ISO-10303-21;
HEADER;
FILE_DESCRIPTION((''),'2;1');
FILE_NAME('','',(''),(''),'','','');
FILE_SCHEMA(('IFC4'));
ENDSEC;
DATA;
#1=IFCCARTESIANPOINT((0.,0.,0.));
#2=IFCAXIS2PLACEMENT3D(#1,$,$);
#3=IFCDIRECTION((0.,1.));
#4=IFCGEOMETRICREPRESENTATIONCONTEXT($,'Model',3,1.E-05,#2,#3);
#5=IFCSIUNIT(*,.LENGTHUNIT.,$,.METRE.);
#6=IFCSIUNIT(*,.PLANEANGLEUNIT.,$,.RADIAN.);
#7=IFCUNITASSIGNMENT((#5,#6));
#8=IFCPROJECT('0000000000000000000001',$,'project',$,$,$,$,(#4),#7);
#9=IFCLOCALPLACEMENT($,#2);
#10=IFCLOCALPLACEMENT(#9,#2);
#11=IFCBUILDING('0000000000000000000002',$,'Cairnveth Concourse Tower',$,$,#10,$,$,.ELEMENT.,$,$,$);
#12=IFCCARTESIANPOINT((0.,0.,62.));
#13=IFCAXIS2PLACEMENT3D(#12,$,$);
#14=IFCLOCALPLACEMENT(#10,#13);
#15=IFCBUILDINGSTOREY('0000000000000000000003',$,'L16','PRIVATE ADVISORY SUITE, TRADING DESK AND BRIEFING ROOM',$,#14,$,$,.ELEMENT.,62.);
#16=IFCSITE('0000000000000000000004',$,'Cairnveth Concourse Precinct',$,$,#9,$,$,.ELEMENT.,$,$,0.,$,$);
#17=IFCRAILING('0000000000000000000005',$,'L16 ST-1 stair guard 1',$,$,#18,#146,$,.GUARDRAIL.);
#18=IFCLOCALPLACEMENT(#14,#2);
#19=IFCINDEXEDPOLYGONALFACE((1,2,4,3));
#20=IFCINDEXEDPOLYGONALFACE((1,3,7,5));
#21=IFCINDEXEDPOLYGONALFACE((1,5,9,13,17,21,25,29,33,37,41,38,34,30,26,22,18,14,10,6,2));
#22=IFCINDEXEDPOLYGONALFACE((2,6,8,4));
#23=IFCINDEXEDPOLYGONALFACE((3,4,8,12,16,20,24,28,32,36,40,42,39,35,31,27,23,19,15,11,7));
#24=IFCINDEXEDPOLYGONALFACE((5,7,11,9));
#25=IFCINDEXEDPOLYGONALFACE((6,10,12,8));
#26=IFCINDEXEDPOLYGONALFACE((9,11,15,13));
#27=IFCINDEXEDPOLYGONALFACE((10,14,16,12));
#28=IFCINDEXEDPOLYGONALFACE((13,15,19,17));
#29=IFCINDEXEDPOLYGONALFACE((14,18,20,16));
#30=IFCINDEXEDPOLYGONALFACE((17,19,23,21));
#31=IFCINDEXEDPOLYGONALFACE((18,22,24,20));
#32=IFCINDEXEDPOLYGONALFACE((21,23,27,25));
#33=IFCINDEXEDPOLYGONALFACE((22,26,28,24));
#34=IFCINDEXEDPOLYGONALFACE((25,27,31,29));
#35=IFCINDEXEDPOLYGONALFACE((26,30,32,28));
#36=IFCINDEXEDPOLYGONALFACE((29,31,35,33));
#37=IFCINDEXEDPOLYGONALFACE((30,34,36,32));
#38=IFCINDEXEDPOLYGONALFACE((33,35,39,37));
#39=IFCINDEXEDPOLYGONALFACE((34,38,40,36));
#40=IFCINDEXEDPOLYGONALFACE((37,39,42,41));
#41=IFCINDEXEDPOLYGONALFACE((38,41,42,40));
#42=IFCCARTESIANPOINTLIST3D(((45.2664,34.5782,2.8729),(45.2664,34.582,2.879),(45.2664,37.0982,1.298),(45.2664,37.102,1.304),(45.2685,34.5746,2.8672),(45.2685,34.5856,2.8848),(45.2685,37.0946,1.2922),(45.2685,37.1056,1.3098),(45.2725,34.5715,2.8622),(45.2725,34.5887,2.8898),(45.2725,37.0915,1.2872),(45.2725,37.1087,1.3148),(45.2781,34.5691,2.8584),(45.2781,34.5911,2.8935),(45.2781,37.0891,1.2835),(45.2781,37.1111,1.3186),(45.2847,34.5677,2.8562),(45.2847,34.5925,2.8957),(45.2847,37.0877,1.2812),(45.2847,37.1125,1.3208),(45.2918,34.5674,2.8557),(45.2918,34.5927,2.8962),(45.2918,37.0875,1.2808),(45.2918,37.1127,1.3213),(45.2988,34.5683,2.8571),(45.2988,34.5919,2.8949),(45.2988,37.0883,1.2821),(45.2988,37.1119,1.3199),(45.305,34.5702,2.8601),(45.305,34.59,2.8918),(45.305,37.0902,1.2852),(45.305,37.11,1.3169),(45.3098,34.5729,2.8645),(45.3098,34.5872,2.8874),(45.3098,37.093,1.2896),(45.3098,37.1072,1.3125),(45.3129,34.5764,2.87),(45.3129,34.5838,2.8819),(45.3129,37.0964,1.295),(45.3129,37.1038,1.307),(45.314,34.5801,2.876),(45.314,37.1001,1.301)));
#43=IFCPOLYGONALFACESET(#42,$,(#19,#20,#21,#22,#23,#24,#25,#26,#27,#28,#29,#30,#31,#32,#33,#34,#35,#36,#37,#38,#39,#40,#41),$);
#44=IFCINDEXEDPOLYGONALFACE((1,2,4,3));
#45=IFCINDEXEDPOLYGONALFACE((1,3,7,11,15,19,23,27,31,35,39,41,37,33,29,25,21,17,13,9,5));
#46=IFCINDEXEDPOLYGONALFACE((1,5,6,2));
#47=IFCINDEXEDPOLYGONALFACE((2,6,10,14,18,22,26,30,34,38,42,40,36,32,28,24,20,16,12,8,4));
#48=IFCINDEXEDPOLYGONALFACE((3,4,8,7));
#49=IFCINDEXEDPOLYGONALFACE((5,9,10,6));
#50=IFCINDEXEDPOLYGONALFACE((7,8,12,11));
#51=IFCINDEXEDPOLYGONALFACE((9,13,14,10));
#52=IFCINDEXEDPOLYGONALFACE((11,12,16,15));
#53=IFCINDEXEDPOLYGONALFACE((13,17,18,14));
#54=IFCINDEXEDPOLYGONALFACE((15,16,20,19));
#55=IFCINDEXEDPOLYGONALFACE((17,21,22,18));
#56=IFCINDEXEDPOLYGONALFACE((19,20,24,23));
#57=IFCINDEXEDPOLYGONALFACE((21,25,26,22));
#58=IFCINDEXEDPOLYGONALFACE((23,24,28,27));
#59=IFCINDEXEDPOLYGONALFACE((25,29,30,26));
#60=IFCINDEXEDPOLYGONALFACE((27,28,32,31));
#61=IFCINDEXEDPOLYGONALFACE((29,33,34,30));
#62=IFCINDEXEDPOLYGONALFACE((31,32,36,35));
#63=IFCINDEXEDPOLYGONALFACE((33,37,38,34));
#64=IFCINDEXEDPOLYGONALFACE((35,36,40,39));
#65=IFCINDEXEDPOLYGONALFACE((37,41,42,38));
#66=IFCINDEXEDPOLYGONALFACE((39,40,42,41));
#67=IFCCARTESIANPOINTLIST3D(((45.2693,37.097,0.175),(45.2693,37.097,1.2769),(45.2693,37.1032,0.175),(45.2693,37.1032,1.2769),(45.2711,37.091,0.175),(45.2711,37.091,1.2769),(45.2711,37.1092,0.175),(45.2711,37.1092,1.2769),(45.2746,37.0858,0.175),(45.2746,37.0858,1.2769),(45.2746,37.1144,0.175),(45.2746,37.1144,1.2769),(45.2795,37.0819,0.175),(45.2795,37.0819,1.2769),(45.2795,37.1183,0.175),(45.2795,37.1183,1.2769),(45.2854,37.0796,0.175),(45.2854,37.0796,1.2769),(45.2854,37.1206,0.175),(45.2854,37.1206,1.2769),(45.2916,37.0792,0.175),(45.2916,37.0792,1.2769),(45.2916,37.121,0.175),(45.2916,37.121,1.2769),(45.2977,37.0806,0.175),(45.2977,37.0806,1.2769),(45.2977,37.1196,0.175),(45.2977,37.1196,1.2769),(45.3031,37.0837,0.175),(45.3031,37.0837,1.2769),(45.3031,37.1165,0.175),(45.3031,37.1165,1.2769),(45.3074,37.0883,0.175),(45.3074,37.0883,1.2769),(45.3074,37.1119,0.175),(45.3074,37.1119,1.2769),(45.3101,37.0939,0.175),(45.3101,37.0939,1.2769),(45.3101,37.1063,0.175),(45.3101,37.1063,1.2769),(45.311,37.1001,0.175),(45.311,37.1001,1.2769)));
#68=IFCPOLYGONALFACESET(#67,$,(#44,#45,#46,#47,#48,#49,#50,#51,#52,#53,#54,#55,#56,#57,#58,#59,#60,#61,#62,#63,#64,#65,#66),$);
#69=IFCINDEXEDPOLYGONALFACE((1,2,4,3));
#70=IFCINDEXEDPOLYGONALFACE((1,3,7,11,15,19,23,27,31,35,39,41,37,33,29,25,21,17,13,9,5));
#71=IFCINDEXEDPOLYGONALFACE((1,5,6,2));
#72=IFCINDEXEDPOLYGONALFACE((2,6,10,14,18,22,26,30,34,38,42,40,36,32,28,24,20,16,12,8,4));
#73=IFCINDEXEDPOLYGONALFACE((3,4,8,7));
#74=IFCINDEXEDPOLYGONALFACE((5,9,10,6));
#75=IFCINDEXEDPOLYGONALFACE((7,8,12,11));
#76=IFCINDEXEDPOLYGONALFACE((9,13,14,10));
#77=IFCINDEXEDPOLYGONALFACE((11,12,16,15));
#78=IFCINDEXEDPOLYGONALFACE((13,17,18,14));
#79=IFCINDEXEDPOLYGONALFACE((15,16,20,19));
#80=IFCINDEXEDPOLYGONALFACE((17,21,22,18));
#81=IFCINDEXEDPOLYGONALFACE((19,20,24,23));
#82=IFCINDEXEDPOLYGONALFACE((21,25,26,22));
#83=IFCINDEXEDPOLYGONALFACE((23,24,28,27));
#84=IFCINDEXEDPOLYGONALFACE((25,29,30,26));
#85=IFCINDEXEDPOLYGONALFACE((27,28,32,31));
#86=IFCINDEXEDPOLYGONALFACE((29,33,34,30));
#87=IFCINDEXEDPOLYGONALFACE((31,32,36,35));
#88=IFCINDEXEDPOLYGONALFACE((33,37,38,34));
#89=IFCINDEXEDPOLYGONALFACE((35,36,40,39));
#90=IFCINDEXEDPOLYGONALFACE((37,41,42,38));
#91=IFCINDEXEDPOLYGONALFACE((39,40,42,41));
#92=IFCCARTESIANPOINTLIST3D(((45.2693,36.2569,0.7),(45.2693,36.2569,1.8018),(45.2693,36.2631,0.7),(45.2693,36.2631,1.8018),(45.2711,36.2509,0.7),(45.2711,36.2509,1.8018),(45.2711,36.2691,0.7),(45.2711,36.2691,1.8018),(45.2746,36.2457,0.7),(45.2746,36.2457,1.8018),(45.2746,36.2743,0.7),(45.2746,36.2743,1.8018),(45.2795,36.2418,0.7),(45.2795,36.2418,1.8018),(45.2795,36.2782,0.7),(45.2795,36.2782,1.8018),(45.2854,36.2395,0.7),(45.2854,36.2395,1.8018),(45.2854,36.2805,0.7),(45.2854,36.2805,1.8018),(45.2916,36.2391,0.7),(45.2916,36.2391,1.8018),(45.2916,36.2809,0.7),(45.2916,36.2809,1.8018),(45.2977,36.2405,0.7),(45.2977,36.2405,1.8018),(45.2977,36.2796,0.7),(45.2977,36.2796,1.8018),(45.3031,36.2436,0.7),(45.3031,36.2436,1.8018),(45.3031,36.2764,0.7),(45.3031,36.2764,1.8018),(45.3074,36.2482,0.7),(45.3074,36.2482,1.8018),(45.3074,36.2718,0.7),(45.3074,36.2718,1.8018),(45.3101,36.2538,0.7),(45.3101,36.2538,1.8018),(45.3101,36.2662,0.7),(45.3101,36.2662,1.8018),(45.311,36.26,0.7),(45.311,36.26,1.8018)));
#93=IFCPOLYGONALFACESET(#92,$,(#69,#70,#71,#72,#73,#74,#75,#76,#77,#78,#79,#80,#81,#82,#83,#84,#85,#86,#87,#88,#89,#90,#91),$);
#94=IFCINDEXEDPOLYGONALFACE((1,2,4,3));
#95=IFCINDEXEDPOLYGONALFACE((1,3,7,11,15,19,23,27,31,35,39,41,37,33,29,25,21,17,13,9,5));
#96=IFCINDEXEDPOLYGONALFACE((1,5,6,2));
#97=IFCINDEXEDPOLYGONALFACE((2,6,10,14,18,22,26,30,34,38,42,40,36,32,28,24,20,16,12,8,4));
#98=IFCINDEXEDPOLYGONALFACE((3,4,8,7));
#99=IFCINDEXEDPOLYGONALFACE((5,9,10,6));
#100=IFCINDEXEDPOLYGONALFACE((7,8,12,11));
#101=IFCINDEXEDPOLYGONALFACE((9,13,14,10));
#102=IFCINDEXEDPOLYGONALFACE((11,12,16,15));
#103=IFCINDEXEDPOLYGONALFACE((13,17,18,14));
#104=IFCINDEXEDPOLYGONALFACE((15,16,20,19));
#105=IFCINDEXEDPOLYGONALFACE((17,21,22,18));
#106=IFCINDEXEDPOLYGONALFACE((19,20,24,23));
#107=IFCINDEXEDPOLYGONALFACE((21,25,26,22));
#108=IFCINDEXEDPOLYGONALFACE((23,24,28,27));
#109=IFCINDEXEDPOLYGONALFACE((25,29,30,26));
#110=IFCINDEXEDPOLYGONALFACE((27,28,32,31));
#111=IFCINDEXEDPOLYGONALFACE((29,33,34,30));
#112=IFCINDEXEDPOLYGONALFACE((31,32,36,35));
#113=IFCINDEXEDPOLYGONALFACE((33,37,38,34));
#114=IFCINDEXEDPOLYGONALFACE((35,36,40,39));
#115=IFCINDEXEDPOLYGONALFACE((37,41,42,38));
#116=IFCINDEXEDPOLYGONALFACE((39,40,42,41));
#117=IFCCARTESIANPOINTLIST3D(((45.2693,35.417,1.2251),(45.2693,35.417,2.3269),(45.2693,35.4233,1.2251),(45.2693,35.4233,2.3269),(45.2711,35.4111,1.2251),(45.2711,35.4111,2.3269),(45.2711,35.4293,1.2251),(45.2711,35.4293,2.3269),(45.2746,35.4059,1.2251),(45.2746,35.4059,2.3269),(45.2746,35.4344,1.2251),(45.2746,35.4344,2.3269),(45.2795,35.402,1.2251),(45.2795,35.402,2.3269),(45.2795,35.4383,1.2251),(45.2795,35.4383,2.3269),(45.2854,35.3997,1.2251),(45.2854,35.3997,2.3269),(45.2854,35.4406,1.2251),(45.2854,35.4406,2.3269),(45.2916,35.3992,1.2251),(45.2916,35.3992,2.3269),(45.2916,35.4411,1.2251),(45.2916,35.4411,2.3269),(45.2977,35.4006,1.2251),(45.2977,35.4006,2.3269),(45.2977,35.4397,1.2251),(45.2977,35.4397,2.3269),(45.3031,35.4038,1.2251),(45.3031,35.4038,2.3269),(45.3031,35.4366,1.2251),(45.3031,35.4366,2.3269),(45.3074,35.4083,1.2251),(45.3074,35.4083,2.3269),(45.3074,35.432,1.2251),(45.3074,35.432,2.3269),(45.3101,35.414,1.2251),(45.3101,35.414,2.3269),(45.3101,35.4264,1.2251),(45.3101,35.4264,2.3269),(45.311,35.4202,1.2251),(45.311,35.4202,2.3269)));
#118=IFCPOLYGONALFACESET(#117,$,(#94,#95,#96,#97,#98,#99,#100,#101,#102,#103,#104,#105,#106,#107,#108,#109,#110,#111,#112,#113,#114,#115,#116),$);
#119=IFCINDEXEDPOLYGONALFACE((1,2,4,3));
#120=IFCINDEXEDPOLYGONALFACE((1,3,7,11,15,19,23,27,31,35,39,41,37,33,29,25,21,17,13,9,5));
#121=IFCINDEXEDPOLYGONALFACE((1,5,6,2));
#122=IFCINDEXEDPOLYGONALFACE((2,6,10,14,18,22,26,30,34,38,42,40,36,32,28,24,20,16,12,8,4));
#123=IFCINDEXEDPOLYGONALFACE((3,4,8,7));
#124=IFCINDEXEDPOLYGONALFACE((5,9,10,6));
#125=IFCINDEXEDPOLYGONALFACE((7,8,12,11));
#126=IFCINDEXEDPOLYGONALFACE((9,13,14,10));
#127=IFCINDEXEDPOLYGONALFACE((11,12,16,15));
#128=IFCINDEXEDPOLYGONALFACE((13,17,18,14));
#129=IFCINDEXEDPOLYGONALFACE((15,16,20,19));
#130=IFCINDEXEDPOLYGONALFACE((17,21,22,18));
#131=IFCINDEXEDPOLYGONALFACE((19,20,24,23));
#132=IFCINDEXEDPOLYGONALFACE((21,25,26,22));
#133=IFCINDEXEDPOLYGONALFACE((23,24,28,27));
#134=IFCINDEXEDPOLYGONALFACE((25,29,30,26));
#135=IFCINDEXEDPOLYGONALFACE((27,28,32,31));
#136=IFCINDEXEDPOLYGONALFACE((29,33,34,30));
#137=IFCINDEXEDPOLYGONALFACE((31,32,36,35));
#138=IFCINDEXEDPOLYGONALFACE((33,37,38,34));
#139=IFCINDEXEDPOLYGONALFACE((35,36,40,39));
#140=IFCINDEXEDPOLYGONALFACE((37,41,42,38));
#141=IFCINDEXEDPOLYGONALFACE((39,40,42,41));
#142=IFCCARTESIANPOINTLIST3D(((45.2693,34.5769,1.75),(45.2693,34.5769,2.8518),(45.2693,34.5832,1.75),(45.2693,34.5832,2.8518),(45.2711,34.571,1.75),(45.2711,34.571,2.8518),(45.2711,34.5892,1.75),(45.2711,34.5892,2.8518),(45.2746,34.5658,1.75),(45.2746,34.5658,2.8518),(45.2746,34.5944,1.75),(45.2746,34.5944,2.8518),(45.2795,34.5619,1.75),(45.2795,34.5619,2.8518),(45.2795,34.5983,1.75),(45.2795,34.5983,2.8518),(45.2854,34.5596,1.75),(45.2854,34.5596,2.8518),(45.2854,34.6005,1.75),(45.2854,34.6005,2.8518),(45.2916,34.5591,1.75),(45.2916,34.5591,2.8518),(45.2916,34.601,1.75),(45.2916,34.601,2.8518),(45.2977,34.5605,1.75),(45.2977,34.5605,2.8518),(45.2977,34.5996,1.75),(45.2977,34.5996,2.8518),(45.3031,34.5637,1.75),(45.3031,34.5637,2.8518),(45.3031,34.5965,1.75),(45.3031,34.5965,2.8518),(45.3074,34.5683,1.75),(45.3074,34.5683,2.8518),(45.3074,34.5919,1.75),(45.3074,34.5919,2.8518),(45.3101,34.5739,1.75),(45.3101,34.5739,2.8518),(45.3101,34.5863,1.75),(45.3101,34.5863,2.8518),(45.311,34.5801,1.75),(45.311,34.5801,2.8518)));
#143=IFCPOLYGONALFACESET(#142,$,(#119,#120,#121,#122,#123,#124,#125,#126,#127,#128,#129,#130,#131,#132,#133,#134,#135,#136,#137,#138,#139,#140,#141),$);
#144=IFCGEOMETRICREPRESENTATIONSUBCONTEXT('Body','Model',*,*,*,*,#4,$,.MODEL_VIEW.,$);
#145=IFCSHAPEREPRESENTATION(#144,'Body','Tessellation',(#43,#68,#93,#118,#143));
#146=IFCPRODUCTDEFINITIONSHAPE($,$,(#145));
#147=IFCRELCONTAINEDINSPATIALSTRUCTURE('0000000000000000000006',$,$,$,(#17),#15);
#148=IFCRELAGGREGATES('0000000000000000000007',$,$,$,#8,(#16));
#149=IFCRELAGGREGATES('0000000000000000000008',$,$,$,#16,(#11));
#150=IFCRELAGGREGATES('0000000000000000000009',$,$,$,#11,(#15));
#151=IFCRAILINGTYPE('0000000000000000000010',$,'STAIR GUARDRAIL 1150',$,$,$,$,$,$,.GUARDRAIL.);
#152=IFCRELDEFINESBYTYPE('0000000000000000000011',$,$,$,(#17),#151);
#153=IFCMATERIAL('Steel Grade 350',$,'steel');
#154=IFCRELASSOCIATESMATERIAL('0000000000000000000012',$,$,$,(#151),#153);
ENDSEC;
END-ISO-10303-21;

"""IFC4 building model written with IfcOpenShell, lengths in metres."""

from ifc_helpers import new_model, si_unit, direction, frame, origin, origin_2d, place, context, subcontext, project, spatial, circle, extrude, material, type_object, element, save


model = new_model("IFC4")

# Units and contexts
model_context = context("Model", 3, precision=1e-05, world=origin(), true_north=direction((0.0, 1.0)))
body_context = subcontext(model_context, "Body", "Model", "MODEL_VIEW")
ifc_project = project(units=[si_unit("LENGTHUNIT", "METRE"), si_unit("PLANEANGLEUNIT", "RADIAN")], contexts=[model_context])

# Site, building, storey
site_placement = place(None, origin())
site = spatial("IfcSite", under=ifc_project, at=site_placement, Name="Cairnveth Concourse Precinct", CompositionType="ELEMENT", RefElevation=0.0)
building_placement = place(site_placement, origin())
building = spatial("IfcBuilding", under=site, at=building_placement, Name="Cairnveth Concourse Tower", CompositionType="ELEMENT")
storey_placement = place(building_placement, frame((0.0, 0.0, 62.0)))
storey = spatial("IfcBuildingStorey", under=building, at=storey_placement, Name="L16", Description="PRIVATE ADVISORY SUITE, TRADING DESK AND BRIEFING ROOM", CompositionType="ELEMENT", Elevation=62.0)

# Shared definitions
ifc_material_1 = material(Name="Steel Grade 350", Category="steel")

# Railing
railing_type_1 = type_object("IfcRailingType", Name="STAIR GUARDRAIL 1150", PredefinedType="GUARDRAIL", material=ifc_material_1)
railing_1_placement = place(storey_placement, frame((45.29, 37.1001, 0.175)))
element("IfcRailing", 1, at=railing_1_placement, inside=storey, type_object=railing_type_1, Name="L16 ST-1 stair guard 1", PredefinedType="GUARDRAIL", context=body_context, shape_type="SweptSolid", body=[
    extrude(circle(Radius=0.0239, at=origin_2d()), frame((0.0, 0.0, 1.126), z_axis=(0.0, -0.848008, 0.529984), x_axis=(1.0, 0.0, 0.0)), (0.0, 0.0, 1.0), 2.9717),
    extrude(circle(Radius=0.021, at=origin_2d()), origin(), (0.0, 0.0, 1.0), 1.1018),
    extrude(circle(Radius=0.021, at=origin_2d()), frame((0.0, -0.8401, 0.5249)), (0.0, 0.0, 1.0), 1.1018),
    extrude(circle(Radius=0.021, at=origin_2d()), frame((0.0, -1.6799, 1.05)), (0.0, 0.0, 1.0), 1.1018),
    extrude(circle(Radius=0.021, at=origin_2d()), frame((0.0, -2.52, 1.575)), (0.0, 0.0, 1.0), 1.1018),
])

save(model, "model.ifc")
